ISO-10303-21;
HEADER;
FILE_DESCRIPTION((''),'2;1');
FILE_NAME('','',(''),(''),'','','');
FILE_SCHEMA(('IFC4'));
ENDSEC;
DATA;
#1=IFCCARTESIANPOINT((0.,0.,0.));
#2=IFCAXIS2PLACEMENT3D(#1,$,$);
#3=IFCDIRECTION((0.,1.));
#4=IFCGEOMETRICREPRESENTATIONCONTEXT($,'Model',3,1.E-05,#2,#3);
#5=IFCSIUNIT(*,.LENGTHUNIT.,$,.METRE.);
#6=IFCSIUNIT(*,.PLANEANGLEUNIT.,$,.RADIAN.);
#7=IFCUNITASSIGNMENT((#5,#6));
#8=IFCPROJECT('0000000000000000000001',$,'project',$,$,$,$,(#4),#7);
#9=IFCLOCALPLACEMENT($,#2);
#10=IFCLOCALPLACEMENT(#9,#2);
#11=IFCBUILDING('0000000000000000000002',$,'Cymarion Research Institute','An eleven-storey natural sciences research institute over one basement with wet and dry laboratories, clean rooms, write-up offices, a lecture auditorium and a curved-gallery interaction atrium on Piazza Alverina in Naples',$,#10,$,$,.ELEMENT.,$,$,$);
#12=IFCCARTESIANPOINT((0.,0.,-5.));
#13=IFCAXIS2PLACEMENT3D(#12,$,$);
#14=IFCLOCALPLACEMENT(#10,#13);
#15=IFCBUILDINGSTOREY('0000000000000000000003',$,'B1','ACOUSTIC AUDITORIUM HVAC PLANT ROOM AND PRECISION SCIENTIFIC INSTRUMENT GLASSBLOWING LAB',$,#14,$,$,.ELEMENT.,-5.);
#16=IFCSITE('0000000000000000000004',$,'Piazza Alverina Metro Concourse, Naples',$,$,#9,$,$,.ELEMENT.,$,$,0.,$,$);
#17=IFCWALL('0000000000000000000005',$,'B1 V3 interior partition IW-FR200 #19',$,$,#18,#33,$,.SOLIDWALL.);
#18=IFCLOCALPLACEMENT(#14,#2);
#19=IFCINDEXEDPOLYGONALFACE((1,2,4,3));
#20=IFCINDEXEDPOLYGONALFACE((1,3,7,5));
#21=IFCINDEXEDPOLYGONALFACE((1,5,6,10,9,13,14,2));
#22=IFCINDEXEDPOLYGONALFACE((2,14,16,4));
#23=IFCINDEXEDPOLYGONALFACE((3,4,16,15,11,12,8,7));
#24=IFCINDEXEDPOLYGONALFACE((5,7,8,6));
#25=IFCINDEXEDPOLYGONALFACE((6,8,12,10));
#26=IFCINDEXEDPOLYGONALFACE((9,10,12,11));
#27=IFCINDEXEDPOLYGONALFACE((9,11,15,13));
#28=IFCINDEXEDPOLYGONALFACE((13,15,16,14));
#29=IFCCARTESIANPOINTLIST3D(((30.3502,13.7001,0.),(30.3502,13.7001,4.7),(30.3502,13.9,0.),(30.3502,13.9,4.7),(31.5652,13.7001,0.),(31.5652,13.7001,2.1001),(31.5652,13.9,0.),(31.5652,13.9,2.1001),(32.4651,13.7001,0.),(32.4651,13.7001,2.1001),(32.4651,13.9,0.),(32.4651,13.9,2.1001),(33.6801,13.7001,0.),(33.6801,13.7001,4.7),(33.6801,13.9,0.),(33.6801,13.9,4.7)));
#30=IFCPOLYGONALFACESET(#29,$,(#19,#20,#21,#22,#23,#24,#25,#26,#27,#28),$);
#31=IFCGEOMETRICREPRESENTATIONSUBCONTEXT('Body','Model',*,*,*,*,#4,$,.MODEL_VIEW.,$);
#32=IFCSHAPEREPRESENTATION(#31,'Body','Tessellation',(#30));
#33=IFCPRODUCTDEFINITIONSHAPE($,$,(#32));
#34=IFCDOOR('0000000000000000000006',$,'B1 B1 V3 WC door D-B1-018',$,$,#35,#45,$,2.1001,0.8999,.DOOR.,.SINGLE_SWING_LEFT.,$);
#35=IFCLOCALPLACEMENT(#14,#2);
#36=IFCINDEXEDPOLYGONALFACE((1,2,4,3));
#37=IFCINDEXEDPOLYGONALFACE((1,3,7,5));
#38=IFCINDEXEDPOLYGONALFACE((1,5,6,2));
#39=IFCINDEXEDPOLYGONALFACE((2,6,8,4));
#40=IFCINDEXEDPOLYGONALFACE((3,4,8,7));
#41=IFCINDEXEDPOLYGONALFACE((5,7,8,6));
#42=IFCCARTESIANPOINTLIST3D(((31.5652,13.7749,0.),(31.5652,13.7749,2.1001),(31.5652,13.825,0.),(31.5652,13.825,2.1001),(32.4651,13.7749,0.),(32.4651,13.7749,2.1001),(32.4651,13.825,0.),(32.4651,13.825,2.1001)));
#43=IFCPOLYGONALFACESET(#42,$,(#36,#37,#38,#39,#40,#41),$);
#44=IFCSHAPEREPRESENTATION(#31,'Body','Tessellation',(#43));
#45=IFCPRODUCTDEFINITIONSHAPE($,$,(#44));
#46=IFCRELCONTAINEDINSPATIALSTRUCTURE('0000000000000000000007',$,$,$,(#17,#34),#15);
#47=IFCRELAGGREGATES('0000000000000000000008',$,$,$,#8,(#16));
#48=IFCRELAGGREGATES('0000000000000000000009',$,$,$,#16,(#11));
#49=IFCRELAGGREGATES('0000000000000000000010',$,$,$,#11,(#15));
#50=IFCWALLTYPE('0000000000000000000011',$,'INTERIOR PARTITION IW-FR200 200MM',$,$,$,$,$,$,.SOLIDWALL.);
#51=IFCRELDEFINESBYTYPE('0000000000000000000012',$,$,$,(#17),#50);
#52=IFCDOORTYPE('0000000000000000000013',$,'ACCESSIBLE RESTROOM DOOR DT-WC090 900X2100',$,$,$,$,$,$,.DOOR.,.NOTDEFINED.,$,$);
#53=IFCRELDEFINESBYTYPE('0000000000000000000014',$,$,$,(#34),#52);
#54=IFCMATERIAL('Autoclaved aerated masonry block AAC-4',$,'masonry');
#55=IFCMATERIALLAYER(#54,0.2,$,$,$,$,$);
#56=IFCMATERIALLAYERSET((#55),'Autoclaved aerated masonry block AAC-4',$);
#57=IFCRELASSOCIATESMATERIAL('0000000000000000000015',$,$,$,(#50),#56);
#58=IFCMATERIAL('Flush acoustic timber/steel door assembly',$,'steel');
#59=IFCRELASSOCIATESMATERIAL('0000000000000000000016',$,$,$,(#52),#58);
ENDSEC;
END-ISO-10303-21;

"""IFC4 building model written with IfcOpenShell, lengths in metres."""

from ifc_helpers import new_model, si_unit, direction, frame, frame_2d, origin, place, context, subcontext, project, spatial, rectangle, extrude, material, layer, layer_set, type_object, element, fill, save


model = new_model("IFC4")

# Units and contexts
model_context = context("Model", 3, precision=1e-05, world=origin(), true_north=direction((0.0, 1.0)))
body_context = subcontext(model_context, "Body", "Model", "MODEL_VIEW")
ifc_project = project(units=[si_unit("LENGTHUNIT", "METRE"), si_unit("PLANEANGLEUNIT", "RADIAN")], contexts=[model_context])

# Site, building, storey
site_placement = place(None, origin())
site = spatial("IfcSite", under=ifc_project, at=site_placement, Name="Piazza Alverina Metro Concourse, Naples", CompositionType="ELEMENT", RefElevation=0.0)
building_placement = place(site_placement, origin())
building = spatial("IfcBuilding", under=site, at=building_placement, Name="Cymarion Research Institute", Description="An eleven-storey natural sciences research institute over one basement with wet and dry laboratories, clean rooms, write-up offices, a lecture auditorium and a curved-gallery interaction atrium on Piazza Alverina in Naples", CompositionType="ELEMENT")
storey_placement = place(building_placement, frame((0.0, 0.0, -5.0)))
storey = spatial("IfcBuildingStorey", under=building, at=storey_placement, Name="B1", Description="ACOUSTIC AUDITORIUM HVAC PLANT ROOM AND PRECISION SCIENTIFIC INSTRUMENT GLASSBLOWING LAB", CompositionType="ELEMENT", Elevation=-5.0)

# Wall, opening, door
ifc_material_1 = material(Name="Flush acoustic timber/steel door assembly", Category="steel")
ifc_material_2 = material(Name="Autoclaved aerated masonry block AAC-4", Category="masonry")
ifc_layer_1 = layer(ifc_material_2, 0.2)
ifc_layer_set_1 = layer_set([ifc_layer_1], Name="Autoclaved aerated masonry block AAC-4")
wall_type_1 = type_object("IfcWallType", Name="INTERIOR PARTITION IW-FR200 200MM", PredefinedType="SOLIDWALL", material=ifc_layer_set_1)
wall_1_placement = place(storey_placement, frame((30.3501, 13.8, 0.0), z_axis=(0.0, 0.0, 1.0), x_axis=(1.0, 0.0, 0.0)))
wall_1 = element("IfcWall", 1, at=wall_1_placement, inside=storey, type_object=wall_type_1, Name="B1 V3 interior partition IW-FR200 #19", PredefinedType="SOLIDWALL", context=body_context, shape_type="SweptSolid", body=[
    extrude(rectangle(XDim=3.3298, YDim=0.2, at=frame_2d((1.665, 0.0))), origin(), (0.0, 0.0, 1.0), 4.7),
])
opening_1_placement = place(wall_1_placement, frame((1.2151, 0.0, 0.0)))
opening_1 = element("IfcOpeningElement", 2, at=opening_1_placement, cuts=wall_1, PredefinedType="OPENING", context=body_context, shape_type="SweptSolid", body=[
    extrude(rectangle(XDim=0.8999, YDim=2.1001, at=frame_2d((0.45, 1.05))), frame((0.0, 0.1099, 0.0), z_axis=(0.0, -1.0, 0.0), x_axis=(1.0, 0.0, 0.0)), (0.0, 0.0, 1.0), 0.22),
])
door_type_1 = type_object("IfcDoorType", Name="ACCESSIBLE RESTROOM DOOR DT-WC090 900X2100", OperationType="NOTDEFINED", PredefinedType="DOOR", material=ifc_material_1)
door_1_placement = place(opening_1_placement, origin())
door_1 = element("IfcDoor", 3, at=door_1_placement, inside=storey, type_object=door_type_1, Name="B1 B1 V3 WC door D-B1-018", OperationType="SINGLE_SWING_LEFT", OverallHeight=2.1001, OverallWidth=0.8999, PredefinedType="DOOR", context=body_context, shape_type="SweptSolid", body=[
    extrude(rectangle(XDim=0.8999, YDim=2.1001, at=frame_2d((0.45, 1.05))), frame((0.0, 0.0249, 0.0), z_axis=(0.0, -1.0, 0.0), x_axis=(1.0, 0.0, 0.0)), (0.0, 0.0, 1.0), 0.05),
])
fill(opening_1, door_1)

save(model, "model.ifc")
